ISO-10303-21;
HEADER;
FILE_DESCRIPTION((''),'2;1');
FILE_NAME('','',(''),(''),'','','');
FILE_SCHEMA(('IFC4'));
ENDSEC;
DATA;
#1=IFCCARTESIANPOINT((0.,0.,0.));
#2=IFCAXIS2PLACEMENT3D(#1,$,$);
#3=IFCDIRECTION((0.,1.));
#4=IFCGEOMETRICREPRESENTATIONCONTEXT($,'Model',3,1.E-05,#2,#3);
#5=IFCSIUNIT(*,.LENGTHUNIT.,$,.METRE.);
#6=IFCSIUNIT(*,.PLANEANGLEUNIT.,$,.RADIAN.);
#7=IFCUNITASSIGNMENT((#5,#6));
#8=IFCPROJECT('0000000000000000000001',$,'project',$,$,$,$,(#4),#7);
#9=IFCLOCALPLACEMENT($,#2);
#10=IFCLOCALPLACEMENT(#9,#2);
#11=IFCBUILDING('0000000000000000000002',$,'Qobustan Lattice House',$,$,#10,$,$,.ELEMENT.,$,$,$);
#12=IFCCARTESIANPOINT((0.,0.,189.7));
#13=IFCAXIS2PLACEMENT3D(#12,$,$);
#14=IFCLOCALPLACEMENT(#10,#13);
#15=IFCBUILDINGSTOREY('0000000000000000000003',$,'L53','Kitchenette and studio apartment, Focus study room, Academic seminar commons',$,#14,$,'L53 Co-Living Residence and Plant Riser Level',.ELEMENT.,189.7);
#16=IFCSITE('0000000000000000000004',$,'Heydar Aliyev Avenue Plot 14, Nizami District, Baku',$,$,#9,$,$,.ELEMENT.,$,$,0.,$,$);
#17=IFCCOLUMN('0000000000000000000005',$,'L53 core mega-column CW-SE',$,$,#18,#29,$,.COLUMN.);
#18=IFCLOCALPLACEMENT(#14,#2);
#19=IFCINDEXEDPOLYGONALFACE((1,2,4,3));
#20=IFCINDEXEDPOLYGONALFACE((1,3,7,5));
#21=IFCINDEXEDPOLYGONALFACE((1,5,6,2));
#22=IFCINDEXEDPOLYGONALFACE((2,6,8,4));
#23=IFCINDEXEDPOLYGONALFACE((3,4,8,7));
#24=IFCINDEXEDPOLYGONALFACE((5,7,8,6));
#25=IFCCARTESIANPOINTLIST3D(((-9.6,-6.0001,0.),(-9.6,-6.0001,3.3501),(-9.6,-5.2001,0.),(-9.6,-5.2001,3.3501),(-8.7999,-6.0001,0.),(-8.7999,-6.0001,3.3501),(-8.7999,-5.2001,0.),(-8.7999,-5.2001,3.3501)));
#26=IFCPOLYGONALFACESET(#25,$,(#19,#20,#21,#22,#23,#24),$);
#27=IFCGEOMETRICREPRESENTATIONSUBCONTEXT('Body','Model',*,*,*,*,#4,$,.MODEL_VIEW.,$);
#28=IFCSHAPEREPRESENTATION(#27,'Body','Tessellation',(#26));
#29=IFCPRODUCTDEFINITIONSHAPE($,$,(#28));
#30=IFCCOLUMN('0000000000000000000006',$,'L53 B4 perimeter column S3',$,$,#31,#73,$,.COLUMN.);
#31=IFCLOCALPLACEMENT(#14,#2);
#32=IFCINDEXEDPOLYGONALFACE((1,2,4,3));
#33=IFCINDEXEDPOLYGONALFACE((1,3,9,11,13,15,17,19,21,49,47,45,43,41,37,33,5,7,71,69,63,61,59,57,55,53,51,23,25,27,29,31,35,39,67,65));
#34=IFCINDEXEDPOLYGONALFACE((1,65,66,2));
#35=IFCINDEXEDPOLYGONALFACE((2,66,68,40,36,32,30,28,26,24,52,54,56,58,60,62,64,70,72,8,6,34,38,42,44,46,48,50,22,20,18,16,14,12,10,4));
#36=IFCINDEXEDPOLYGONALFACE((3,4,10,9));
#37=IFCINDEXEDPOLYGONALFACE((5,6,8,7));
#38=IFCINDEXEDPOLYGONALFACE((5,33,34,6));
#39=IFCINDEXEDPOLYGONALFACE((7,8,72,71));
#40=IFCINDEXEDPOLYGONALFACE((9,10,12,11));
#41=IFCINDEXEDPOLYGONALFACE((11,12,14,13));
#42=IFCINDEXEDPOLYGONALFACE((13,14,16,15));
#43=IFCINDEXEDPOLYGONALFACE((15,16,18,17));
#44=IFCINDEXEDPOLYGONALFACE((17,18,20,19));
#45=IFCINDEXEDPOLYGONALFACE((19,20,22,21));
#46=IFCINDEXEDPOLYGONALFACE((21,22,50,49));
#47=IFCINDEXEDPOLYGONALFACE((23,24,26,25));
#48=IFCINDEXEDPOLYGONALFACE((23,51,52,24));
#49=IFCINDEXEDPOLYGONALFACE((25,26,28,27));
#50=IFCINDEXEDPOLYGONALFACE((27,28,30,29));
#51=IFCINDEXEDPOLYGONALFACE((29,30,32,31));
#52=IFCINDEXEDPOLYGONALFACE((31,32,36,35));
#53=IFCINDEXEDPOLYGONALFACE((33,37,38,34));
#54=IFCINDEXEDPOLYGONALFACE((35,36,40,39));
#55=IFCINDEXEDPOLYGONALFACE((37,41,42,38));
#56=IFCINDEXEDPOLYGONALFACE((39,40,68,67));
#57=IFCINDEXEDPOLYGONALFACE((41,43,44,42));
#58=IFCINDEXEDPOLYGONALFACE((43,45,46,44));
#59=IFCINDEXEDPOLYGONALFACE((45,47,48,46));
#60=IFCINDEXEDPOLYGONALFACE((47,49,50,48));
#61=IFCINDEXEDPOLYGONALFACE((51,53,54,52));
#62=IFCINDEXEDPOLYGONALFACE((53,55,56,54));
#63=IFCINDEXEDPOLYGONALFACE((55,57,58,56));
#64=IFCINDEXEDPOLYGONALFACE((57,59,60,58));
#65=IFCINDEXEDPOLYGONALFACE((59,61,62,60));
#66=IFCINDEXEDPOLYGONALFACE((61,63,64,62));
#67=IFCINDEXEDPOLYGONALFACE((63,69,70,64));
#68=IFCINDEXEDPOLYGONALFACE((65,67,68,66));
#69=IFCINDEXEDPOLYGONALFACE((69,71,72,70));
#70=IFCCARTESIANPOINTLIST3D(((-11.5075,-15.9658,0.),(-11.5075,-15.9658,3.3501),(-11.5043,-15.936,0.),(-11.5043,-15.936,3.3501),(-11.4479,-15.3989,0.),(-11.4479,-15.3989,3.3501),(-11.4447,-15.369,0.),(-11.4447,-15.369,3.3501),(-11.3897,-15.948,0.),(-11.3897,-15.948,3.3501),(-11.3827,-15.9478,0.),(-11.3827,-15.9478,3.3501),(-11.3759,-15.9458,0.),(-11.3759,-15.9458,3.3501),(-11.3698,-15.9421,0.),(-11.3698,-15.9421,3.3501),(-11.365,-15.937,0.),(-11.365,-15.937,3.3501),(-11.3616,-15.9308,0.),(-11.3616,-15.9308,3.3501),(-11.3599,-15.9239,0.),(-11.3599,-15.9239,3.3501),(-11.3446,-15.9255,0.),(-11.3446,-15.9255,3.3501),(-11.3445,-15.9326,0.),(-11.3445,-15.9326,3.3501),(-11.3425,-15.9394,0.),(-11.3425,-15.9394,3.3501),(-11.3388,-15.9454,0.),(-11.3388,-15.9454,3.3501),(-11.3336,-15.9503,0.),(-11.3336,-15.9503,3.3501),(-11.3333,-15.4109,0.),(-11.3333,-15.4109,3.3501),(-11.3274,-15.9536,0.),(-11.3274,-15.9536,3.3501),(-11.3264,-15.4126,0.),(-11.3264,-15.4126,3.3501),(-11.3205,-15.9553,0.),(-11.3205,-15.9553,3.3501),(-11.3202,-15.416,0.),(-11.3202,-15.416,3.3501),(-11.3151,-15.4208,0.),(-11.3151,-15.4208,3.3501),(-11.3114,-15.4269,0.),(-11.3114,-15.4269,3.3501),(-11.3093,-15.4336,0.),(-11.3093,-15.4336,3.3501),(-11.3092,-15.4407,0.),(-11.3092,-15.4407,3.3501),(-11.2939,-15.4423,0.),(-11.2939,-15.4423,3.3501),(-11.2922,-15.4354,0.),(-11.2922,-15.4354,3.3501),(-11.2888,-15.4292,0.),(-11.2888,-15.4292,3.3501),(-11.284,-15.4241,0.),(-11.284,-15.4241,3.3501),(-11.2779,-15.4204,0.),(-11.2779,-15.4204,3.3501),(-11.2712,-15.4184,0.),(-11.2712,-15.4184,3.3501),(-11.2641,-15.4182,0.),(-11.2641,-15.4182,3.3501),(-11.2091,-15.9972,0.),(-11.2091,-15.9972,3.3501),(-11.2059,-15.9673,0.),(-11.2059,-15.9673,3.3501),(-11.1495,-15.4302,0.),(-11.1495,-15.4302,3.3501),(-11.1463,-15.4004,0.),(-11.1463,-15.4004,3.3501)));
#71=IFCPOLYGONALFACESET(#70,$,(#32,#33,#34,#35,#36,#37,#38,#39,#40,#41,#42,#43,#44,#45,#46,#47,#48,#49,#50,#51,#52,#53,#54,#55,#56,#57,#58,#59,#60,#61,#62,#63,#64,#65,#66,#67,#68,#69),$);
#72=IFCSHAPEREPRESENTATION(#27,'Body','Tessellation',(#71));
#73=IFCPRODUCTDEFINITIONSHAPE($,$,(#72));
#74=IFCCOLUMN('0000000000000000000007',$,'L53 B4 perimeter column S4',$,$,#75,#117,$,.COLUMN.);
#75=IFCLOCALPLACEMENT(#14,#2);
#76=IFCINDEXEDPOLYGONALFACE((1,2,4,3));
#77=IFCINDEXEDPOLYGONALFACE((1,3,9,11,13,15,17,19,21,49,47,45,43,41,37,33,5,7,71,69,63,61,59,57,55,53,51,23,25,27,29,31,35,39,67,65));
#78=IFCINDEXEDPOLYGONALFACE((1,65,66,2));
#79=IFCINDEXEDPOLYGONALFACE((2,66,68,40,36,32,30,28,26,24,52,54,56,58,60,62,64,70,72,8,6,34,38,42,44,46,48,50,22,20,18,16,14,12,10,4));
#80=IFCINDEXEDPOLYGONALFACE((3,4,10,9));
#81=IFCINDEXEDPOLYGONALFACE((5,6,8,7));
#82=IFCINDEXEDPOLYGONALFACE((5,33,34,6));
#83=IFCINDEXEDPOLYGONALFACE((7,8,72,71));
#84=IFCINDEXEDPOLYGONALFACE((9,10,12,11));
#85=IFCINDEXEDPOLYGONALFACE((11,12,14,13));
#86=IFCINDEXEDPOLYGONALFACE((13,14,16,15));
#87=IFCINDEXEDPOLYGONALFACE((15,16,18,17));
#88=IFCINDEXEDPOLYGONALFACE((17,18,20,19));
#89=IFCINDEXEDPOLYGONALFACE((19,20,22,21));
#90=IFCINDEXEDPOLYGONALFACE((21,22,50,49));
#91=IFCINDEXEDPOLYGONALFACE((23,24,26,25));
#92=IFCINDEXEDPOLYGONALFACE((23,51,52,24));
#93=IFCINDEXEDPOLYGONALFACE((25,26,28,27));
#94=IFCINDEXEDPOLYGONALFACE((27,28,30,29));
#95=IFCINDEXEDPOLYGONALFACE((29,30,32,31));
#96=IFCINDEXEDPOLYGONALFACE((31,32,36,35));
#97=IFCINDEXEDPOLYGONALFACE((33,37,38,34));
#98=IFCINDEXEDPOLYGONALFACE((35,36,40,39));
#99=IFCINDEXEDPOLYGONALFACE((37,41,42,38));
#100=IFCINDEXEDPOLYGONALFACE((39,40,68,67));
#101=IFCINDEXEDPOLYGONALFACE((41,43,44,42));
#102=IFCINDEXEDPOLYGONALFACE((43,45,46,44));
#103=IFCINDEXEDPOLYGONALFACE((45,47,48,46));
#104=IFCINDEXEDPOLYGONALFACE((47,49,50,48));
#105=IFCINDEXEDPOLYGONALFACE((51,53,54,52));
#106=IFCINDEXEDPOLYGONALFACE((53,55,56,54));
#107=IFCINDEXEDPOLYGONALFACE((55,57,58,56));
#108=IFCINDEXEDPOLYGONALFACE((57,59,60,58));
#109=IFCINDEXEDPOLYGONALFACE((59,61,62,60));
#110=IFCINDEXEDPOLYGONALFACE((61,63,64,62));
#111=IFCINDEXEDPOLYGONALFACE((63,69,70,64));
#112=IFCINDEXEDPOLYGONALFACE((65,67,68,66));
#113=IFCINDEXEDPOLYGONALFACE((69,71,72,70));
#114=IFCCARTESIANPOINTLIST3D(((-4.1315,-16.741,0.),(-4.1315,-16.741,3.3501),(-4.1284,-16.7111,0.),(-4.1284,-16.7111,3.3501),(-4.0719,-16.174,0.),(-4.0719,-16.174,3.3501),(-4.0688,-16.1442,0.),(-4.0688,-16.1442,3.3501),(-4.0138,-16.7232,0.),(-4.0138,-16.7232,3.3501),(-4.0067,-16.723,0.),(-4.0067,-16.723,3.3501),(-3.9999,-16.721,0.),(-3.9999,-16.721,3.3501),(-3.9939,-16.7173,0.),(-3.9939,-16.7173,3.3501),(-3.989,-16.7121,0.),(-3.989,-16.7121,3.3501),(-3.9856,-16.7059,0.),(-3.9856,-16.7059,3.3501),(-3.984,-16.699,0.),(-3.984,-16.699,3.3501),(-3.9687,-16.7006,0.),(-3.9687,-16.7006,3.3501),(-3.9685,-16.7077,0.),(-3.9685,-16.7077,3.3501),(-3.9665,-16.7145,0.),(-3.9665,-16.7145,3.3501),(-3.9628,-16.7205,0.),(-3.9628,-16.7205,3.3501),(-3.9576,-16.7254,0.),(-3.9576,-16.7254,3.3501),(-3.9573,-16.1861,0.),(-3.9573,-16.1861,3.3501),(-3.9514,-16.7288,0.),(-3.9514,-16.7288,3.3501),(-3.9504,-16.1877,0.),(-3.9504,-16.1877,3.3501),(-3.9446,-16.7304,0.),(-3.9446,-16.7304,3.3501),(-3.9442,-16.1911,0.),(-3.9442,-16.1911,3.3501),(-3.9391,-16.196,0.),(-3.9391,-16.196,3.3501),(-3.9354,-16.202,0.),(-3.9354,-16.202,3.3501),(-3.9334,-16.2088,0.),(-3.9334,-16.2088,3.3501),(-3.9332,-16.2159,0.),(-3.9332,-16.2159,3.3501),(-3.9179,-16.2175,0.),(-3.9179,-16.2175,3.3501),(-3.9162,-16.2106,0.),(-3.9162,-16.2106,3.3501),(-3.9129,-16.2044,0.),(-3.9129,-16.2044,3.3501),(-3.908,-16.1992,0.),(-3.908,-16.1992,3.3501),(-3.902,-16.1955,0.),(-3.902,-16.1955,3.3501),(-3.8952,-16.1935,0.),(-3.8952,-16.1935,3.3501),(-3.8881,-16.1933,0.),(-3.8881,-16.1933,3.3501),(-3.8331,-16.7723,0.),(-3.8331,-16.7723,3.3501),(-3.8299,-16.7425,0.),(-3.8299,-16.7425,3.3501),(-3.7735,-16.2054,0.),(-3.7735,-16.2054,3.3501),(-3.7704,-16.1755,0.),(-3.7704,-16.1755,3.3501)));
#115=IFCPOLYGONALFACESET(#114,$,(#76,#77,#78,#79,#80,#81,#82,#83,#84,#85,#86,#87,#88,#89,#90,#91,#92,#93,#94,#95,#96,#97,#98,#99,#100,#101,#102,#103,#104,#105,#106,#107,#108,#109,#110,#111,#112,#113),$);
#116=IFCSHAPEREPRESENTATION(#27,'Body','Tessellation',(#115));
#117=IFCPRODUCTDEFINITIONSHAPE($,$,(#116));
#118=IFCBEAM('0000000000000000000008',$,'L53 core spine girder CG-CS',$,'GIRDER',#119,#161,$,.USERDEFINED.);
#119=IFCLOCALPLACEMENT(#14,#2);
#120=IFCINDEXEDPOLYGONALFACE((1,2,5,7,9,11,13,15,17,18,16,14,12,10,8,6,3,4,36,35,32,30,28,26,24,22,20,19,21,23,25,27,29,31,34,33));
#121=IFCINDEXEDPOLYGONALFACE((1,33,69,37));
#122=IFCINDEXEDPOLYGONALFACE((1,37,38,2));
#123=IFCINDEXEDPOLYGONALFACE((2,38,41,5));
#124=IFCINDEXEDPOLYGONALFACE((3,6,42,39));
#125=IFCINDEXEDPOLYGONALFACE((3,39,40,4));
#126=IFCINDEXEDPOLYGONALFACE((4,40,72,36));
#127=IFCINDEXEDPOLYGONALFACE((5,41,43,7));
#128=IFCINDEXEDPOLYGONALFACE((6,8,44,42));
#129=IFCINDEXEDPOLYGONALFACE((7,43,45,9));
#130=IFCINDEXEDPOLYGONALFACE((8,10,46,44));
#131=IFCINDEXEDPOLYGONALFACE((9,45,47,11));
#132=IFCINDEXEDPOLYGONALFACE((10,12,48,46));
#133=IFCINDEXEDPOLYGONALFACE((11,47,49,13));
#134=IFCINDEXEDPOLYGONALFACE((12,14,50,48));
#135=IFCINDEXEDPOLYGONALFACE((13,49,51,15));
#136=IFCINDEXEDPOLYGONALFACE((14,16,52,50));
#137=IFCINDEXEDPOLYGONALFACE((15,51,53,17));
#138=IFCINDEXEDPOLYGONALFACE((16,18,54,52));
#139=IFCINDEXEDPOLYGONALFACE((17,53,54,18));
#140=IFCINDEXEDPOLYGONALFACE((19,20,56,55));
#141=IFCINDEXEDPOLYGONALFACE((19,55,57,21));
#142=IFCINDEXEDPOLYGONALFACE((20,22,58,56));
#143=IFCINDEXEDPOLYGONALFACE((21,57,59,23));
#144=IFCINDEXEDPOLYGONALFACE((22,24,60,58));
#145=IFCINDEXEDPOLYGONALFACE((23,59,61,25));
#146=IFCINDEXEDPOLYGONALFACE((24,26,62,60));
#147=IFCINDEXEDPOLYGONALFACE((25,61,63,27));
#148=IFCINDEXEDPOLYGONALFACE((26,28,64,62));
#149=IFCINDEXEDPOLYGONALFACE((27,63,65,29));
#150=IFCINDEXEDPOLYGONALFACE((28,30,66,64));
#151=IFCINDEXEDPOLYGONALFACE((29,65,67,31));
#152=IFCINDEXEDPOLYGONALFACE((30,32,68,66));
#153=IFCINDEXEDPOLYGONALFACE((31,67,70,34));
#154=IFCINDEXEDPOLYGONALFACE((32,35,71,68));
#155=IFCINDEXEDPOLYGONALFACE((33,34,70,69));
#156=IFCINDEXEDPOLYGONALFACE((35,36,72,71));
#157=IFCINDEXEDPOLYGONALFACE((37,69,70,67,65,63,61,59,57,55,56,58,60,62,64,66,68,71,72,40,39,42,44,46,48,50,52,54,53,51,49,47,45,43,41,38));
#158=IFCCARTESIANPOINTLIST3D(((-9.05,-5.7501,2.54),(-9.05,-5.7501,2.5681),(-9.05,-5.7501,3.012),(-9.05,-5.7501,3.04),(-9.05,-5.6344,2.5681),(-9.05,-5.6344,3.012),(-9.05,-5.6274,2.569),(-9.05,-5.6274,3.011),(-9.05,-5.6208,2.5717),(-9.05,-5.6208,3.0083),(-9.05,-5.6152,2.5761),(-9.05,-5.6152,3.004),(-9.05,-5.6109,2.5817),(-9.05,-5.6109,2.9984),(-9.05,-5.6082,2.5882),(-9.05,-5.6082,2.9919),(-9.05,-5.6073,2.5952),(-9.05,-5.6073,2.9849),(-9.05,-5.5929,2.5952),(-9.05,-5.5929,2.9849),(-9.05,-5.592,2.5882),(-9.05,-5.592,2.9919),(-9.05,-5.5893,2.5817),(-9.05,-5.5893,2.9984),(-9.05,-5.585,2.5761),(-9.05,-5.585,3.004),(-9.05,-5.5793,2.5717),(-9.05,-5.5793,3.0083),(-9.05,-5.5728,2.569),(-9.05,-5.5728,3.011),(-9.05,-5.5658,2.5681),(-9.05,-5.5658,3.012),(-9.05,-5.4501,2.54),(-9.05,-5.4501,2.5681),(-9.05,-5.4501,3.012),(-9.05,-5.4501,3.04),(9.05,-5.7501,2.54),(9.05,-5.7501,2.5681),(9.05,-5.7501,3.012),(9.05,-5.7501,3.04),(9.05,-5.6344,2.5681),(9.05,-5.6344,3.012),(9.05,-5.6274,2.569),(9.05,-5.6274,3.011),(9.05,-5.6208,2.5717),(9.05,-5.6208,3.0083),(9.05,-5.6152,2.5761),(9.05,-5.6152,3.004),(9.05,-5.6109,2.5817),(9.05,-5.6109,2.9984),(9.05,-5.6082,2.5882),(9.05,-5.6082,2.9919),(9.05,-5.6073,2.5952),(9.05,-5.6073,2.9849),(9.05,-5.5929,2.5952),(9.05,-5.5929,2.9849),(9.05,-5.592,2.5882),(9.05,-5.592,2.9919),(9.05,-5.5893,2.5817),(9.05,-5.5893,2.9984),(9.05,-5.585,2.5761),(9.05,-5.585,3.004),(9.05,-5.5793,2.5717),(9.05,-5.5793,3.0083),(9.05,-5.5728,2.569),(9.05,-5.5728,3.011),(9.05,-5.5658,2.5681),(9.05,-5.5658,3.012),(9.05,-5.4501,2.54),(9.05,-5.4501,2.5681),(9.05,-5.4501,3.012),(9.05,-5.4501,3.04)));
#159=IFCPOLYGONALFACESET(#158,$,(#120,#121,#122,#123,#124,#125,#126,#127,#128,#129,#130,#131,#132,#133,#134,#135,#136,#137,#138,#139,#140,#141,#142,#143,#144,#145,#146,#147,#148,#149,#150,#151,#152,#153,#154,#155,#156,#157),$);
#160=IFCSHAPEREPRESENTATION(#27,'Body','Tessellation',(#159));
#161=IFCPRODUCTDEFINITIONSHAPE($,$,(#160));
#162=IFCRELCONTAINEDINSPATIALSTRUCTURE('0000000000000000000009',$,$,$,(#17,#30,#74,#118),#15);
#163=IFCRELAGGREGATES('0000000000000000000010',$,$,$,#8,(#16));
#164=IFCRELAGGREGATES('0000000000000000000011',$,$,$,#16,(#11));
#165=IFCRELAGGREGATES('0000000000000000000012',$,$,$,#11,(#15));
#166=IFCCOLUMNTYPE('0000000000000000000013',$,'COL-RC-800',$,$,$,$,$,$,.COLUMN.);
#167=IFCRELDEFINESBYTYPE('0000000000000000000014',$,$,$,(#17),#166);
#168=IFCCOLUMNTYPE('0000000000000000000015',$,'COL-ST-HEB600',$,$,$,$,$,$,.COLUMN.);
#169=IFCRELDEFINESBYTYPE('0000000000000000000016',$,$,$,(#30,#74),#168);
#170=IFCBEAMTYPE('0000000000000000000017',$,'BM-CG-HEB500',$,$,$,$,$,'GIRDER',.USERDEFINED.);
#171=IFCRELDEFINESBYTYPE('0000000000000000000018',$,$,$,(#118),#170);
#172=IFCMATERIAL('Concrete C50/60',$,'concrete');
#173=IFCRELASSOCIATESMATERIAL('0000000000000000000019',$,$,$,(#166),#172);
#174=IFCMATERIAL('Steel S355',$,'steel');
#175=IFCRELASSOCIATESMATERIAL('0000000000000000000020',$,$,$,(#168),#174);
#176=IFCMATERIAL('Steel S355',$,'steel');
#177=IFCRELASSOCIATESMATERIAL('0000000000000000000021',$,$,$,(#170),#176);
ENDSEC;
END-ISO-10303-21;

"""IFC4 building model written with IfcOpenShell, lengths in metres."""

from ifc_helpers import new_model, si_unit, direction, frame, origin, origin_2d, place, context, subcontext, project, spatial, rectangle, i_section, extrude, material, material_profile, profile_set, type_object, element, save


model = new_model("IFC4")

# Units and contexts
model_context = context("Model", 3, precision=1e-05, world=origin(), true_north=direction((0.0, 1.0)))
body_context = subcontext(model_context, "Body", "Model", "MODEL_VIEW")
ifc_project = project(units=[si_unit("LENGTHUNIT", "METRE"), si_unit("PLANEANGLEUNIT", "RADIAN")], contexts=[model_context])

# Site, building, storey
site_placement = place(None, origin())
site = spatial("IfcSite", under=ifc_project, at=site_placement, Name="Heydar Aliyev Avenue Plot 14, Nizami District, Baku", CompositionType="ELEMENT", RefElevation=0.0)
building_placement = place(site_placement, origin())
building = spatial("IfcBuilding", under=site, at=building_placement, Name="Qobustan Lattice House", CompositionType="ELEMENT")
storey_placement = place(building_placement, frame((0.0, 0.0, 189.7)))
storey = spatial("IfcBuildingStorey", under=building, at=storey_placement, Name="L53", Description="Kitchenette and studio apartment, Focus study room, Academic seminar commons", LongName="L53 Co-Living Residence and Plant Riser Level", CompositionType="ELEMENT", Elevation=189.7)

# Columns
ifc_material_1 = material(Name="Concrete C50/60", Category="concrete")
ifc_material_profile_1 = material_profile(ifc_material_1, rectangle(XDim=0.8, YDim=0.8, at=origin_2d()), Name="RC800x800")
ifc_profile_set_1 = profile_set([ifc_material_profile_1], Name="Concrete C50/60")
column_type_1 = type_object("IfcColumnType", Name="COL-RC-800", PredefinedType="COLUMN", material=ifc_profile_set_1)
column_placement = place(storey_placement, frame((-9.2, -5.6001, 0.0), z_axis=(0.0, 0.0, 1.0), x_axis=(1.0, 0.0, 0.0)))
element("IfcColumn", 1, at=column_placement, inside=storey, type_object=column_type_1, Name="L53 core mega-column CW-SE", PredefinedType="COLUMN", context=body_context, shape_type="SweptSolid", body=[
    extrude(rectangle(XDim=0.8, YDim=0.8, at=origin_2d()), origin(), (0.0, 0.0, 1.0), 3.3501),
])
ifc_material_2 = material(Name="Steel S355", Category="steel")
ifc_material_profile_2 = material_profile(ifc_material_2, i_section(OverallWidth=0.3, OverallDepth=0.6001, WebThickness=0.0154, FlangeThickness=0.03, FilletRadius=0.0271, at=origin_2d()), Name="HEB600")
ifc_profile_set_2 = profile_set([ifc_material_profile_2], Name="Steel S355")
column_type_2 = type_object("IfcColumnType", Name="COL-ST-HEB600", PredefinedType="COLUMN", material=ifc_profile_set_2)
for number, where, z_axis, x_axis, name in (
    (2, (-11.3269, -15.6831, 0.0), (0.0, 0.0, 1.0), (0.994522, -0.104528, 0.0), "L53 B4 perimeter column S3"),
    (3, (-3.9509, -16.4583, 0.0), (0.0, 0.0, 1.0), (0.994522, -0.104528, 0.0), "L53 B4 perimeter column S4"),
):
    element("IfcColumn", number, at=place(storey_placement, frame(where, z_axis=z_axis, x_axis=x_axis)), inside=storey, type_object=column_type_2, Name=name, PredefinedType="COLUMN", context=body_context, shape_type="SweptSolid", body=[
        extrude(i_section(OverallWidth=0.3, OverallDepth=0.6001, WebThickness=0.0154, FlangeThickness=0.03, FilletRadius=0.0271, at=origin_2d()), origin(), (0.0, 0.0, 1.0), 3.3501),
    ])

# Beam
ifc_material_3 = material(Name="Steel S355", Category="steel")
ifc_material_profile_3 = material_profile(ifc_material_3, i_section(OverallWidth=0.3, OverallDepth=0.5, WebThickness=0.0144, FlangeThickness=0.0281, FilletRadius=0.0271, at=origin_2d()), Name="HEB500")
ifc_profile_set_3 = profile_set([ifc_material_profile_3], Name="Steel S355")
beam_type_1 = type_object("IfcBeamType", Name="BM-CG-HEB500", ElementType="GIRDER", PredefinedType="USERDEFINED", material=ifc_profile_set_3)
beam_1_placement = place(storey_placement, frame((-9.05, -5.6001, 2.79), z_axis=(1.0, 0.0, 0.0), x_axis=(0.0, 1.0, 0.0)))
element("IfcBeam", 4, at=beam_1_placement, inside=storey, type_object=beam_type_1, Name="L53 core spine girder CG-CS", ObjectType="GIRDER", PredefinedType="USERDEFINED", context=body_context, shape_type="SweptSolid", body=[
    extrude(i_section(OverallWidth=0.3, OverallDepth=0.5, WebThickness=0.0144, FlangeThickness=0.0281, FilletRadius=0.0271, at=origin_2d()), origin(), (0.0, 0.0, 1.0), 18.1001),
])

save(model, "model.ifc")
